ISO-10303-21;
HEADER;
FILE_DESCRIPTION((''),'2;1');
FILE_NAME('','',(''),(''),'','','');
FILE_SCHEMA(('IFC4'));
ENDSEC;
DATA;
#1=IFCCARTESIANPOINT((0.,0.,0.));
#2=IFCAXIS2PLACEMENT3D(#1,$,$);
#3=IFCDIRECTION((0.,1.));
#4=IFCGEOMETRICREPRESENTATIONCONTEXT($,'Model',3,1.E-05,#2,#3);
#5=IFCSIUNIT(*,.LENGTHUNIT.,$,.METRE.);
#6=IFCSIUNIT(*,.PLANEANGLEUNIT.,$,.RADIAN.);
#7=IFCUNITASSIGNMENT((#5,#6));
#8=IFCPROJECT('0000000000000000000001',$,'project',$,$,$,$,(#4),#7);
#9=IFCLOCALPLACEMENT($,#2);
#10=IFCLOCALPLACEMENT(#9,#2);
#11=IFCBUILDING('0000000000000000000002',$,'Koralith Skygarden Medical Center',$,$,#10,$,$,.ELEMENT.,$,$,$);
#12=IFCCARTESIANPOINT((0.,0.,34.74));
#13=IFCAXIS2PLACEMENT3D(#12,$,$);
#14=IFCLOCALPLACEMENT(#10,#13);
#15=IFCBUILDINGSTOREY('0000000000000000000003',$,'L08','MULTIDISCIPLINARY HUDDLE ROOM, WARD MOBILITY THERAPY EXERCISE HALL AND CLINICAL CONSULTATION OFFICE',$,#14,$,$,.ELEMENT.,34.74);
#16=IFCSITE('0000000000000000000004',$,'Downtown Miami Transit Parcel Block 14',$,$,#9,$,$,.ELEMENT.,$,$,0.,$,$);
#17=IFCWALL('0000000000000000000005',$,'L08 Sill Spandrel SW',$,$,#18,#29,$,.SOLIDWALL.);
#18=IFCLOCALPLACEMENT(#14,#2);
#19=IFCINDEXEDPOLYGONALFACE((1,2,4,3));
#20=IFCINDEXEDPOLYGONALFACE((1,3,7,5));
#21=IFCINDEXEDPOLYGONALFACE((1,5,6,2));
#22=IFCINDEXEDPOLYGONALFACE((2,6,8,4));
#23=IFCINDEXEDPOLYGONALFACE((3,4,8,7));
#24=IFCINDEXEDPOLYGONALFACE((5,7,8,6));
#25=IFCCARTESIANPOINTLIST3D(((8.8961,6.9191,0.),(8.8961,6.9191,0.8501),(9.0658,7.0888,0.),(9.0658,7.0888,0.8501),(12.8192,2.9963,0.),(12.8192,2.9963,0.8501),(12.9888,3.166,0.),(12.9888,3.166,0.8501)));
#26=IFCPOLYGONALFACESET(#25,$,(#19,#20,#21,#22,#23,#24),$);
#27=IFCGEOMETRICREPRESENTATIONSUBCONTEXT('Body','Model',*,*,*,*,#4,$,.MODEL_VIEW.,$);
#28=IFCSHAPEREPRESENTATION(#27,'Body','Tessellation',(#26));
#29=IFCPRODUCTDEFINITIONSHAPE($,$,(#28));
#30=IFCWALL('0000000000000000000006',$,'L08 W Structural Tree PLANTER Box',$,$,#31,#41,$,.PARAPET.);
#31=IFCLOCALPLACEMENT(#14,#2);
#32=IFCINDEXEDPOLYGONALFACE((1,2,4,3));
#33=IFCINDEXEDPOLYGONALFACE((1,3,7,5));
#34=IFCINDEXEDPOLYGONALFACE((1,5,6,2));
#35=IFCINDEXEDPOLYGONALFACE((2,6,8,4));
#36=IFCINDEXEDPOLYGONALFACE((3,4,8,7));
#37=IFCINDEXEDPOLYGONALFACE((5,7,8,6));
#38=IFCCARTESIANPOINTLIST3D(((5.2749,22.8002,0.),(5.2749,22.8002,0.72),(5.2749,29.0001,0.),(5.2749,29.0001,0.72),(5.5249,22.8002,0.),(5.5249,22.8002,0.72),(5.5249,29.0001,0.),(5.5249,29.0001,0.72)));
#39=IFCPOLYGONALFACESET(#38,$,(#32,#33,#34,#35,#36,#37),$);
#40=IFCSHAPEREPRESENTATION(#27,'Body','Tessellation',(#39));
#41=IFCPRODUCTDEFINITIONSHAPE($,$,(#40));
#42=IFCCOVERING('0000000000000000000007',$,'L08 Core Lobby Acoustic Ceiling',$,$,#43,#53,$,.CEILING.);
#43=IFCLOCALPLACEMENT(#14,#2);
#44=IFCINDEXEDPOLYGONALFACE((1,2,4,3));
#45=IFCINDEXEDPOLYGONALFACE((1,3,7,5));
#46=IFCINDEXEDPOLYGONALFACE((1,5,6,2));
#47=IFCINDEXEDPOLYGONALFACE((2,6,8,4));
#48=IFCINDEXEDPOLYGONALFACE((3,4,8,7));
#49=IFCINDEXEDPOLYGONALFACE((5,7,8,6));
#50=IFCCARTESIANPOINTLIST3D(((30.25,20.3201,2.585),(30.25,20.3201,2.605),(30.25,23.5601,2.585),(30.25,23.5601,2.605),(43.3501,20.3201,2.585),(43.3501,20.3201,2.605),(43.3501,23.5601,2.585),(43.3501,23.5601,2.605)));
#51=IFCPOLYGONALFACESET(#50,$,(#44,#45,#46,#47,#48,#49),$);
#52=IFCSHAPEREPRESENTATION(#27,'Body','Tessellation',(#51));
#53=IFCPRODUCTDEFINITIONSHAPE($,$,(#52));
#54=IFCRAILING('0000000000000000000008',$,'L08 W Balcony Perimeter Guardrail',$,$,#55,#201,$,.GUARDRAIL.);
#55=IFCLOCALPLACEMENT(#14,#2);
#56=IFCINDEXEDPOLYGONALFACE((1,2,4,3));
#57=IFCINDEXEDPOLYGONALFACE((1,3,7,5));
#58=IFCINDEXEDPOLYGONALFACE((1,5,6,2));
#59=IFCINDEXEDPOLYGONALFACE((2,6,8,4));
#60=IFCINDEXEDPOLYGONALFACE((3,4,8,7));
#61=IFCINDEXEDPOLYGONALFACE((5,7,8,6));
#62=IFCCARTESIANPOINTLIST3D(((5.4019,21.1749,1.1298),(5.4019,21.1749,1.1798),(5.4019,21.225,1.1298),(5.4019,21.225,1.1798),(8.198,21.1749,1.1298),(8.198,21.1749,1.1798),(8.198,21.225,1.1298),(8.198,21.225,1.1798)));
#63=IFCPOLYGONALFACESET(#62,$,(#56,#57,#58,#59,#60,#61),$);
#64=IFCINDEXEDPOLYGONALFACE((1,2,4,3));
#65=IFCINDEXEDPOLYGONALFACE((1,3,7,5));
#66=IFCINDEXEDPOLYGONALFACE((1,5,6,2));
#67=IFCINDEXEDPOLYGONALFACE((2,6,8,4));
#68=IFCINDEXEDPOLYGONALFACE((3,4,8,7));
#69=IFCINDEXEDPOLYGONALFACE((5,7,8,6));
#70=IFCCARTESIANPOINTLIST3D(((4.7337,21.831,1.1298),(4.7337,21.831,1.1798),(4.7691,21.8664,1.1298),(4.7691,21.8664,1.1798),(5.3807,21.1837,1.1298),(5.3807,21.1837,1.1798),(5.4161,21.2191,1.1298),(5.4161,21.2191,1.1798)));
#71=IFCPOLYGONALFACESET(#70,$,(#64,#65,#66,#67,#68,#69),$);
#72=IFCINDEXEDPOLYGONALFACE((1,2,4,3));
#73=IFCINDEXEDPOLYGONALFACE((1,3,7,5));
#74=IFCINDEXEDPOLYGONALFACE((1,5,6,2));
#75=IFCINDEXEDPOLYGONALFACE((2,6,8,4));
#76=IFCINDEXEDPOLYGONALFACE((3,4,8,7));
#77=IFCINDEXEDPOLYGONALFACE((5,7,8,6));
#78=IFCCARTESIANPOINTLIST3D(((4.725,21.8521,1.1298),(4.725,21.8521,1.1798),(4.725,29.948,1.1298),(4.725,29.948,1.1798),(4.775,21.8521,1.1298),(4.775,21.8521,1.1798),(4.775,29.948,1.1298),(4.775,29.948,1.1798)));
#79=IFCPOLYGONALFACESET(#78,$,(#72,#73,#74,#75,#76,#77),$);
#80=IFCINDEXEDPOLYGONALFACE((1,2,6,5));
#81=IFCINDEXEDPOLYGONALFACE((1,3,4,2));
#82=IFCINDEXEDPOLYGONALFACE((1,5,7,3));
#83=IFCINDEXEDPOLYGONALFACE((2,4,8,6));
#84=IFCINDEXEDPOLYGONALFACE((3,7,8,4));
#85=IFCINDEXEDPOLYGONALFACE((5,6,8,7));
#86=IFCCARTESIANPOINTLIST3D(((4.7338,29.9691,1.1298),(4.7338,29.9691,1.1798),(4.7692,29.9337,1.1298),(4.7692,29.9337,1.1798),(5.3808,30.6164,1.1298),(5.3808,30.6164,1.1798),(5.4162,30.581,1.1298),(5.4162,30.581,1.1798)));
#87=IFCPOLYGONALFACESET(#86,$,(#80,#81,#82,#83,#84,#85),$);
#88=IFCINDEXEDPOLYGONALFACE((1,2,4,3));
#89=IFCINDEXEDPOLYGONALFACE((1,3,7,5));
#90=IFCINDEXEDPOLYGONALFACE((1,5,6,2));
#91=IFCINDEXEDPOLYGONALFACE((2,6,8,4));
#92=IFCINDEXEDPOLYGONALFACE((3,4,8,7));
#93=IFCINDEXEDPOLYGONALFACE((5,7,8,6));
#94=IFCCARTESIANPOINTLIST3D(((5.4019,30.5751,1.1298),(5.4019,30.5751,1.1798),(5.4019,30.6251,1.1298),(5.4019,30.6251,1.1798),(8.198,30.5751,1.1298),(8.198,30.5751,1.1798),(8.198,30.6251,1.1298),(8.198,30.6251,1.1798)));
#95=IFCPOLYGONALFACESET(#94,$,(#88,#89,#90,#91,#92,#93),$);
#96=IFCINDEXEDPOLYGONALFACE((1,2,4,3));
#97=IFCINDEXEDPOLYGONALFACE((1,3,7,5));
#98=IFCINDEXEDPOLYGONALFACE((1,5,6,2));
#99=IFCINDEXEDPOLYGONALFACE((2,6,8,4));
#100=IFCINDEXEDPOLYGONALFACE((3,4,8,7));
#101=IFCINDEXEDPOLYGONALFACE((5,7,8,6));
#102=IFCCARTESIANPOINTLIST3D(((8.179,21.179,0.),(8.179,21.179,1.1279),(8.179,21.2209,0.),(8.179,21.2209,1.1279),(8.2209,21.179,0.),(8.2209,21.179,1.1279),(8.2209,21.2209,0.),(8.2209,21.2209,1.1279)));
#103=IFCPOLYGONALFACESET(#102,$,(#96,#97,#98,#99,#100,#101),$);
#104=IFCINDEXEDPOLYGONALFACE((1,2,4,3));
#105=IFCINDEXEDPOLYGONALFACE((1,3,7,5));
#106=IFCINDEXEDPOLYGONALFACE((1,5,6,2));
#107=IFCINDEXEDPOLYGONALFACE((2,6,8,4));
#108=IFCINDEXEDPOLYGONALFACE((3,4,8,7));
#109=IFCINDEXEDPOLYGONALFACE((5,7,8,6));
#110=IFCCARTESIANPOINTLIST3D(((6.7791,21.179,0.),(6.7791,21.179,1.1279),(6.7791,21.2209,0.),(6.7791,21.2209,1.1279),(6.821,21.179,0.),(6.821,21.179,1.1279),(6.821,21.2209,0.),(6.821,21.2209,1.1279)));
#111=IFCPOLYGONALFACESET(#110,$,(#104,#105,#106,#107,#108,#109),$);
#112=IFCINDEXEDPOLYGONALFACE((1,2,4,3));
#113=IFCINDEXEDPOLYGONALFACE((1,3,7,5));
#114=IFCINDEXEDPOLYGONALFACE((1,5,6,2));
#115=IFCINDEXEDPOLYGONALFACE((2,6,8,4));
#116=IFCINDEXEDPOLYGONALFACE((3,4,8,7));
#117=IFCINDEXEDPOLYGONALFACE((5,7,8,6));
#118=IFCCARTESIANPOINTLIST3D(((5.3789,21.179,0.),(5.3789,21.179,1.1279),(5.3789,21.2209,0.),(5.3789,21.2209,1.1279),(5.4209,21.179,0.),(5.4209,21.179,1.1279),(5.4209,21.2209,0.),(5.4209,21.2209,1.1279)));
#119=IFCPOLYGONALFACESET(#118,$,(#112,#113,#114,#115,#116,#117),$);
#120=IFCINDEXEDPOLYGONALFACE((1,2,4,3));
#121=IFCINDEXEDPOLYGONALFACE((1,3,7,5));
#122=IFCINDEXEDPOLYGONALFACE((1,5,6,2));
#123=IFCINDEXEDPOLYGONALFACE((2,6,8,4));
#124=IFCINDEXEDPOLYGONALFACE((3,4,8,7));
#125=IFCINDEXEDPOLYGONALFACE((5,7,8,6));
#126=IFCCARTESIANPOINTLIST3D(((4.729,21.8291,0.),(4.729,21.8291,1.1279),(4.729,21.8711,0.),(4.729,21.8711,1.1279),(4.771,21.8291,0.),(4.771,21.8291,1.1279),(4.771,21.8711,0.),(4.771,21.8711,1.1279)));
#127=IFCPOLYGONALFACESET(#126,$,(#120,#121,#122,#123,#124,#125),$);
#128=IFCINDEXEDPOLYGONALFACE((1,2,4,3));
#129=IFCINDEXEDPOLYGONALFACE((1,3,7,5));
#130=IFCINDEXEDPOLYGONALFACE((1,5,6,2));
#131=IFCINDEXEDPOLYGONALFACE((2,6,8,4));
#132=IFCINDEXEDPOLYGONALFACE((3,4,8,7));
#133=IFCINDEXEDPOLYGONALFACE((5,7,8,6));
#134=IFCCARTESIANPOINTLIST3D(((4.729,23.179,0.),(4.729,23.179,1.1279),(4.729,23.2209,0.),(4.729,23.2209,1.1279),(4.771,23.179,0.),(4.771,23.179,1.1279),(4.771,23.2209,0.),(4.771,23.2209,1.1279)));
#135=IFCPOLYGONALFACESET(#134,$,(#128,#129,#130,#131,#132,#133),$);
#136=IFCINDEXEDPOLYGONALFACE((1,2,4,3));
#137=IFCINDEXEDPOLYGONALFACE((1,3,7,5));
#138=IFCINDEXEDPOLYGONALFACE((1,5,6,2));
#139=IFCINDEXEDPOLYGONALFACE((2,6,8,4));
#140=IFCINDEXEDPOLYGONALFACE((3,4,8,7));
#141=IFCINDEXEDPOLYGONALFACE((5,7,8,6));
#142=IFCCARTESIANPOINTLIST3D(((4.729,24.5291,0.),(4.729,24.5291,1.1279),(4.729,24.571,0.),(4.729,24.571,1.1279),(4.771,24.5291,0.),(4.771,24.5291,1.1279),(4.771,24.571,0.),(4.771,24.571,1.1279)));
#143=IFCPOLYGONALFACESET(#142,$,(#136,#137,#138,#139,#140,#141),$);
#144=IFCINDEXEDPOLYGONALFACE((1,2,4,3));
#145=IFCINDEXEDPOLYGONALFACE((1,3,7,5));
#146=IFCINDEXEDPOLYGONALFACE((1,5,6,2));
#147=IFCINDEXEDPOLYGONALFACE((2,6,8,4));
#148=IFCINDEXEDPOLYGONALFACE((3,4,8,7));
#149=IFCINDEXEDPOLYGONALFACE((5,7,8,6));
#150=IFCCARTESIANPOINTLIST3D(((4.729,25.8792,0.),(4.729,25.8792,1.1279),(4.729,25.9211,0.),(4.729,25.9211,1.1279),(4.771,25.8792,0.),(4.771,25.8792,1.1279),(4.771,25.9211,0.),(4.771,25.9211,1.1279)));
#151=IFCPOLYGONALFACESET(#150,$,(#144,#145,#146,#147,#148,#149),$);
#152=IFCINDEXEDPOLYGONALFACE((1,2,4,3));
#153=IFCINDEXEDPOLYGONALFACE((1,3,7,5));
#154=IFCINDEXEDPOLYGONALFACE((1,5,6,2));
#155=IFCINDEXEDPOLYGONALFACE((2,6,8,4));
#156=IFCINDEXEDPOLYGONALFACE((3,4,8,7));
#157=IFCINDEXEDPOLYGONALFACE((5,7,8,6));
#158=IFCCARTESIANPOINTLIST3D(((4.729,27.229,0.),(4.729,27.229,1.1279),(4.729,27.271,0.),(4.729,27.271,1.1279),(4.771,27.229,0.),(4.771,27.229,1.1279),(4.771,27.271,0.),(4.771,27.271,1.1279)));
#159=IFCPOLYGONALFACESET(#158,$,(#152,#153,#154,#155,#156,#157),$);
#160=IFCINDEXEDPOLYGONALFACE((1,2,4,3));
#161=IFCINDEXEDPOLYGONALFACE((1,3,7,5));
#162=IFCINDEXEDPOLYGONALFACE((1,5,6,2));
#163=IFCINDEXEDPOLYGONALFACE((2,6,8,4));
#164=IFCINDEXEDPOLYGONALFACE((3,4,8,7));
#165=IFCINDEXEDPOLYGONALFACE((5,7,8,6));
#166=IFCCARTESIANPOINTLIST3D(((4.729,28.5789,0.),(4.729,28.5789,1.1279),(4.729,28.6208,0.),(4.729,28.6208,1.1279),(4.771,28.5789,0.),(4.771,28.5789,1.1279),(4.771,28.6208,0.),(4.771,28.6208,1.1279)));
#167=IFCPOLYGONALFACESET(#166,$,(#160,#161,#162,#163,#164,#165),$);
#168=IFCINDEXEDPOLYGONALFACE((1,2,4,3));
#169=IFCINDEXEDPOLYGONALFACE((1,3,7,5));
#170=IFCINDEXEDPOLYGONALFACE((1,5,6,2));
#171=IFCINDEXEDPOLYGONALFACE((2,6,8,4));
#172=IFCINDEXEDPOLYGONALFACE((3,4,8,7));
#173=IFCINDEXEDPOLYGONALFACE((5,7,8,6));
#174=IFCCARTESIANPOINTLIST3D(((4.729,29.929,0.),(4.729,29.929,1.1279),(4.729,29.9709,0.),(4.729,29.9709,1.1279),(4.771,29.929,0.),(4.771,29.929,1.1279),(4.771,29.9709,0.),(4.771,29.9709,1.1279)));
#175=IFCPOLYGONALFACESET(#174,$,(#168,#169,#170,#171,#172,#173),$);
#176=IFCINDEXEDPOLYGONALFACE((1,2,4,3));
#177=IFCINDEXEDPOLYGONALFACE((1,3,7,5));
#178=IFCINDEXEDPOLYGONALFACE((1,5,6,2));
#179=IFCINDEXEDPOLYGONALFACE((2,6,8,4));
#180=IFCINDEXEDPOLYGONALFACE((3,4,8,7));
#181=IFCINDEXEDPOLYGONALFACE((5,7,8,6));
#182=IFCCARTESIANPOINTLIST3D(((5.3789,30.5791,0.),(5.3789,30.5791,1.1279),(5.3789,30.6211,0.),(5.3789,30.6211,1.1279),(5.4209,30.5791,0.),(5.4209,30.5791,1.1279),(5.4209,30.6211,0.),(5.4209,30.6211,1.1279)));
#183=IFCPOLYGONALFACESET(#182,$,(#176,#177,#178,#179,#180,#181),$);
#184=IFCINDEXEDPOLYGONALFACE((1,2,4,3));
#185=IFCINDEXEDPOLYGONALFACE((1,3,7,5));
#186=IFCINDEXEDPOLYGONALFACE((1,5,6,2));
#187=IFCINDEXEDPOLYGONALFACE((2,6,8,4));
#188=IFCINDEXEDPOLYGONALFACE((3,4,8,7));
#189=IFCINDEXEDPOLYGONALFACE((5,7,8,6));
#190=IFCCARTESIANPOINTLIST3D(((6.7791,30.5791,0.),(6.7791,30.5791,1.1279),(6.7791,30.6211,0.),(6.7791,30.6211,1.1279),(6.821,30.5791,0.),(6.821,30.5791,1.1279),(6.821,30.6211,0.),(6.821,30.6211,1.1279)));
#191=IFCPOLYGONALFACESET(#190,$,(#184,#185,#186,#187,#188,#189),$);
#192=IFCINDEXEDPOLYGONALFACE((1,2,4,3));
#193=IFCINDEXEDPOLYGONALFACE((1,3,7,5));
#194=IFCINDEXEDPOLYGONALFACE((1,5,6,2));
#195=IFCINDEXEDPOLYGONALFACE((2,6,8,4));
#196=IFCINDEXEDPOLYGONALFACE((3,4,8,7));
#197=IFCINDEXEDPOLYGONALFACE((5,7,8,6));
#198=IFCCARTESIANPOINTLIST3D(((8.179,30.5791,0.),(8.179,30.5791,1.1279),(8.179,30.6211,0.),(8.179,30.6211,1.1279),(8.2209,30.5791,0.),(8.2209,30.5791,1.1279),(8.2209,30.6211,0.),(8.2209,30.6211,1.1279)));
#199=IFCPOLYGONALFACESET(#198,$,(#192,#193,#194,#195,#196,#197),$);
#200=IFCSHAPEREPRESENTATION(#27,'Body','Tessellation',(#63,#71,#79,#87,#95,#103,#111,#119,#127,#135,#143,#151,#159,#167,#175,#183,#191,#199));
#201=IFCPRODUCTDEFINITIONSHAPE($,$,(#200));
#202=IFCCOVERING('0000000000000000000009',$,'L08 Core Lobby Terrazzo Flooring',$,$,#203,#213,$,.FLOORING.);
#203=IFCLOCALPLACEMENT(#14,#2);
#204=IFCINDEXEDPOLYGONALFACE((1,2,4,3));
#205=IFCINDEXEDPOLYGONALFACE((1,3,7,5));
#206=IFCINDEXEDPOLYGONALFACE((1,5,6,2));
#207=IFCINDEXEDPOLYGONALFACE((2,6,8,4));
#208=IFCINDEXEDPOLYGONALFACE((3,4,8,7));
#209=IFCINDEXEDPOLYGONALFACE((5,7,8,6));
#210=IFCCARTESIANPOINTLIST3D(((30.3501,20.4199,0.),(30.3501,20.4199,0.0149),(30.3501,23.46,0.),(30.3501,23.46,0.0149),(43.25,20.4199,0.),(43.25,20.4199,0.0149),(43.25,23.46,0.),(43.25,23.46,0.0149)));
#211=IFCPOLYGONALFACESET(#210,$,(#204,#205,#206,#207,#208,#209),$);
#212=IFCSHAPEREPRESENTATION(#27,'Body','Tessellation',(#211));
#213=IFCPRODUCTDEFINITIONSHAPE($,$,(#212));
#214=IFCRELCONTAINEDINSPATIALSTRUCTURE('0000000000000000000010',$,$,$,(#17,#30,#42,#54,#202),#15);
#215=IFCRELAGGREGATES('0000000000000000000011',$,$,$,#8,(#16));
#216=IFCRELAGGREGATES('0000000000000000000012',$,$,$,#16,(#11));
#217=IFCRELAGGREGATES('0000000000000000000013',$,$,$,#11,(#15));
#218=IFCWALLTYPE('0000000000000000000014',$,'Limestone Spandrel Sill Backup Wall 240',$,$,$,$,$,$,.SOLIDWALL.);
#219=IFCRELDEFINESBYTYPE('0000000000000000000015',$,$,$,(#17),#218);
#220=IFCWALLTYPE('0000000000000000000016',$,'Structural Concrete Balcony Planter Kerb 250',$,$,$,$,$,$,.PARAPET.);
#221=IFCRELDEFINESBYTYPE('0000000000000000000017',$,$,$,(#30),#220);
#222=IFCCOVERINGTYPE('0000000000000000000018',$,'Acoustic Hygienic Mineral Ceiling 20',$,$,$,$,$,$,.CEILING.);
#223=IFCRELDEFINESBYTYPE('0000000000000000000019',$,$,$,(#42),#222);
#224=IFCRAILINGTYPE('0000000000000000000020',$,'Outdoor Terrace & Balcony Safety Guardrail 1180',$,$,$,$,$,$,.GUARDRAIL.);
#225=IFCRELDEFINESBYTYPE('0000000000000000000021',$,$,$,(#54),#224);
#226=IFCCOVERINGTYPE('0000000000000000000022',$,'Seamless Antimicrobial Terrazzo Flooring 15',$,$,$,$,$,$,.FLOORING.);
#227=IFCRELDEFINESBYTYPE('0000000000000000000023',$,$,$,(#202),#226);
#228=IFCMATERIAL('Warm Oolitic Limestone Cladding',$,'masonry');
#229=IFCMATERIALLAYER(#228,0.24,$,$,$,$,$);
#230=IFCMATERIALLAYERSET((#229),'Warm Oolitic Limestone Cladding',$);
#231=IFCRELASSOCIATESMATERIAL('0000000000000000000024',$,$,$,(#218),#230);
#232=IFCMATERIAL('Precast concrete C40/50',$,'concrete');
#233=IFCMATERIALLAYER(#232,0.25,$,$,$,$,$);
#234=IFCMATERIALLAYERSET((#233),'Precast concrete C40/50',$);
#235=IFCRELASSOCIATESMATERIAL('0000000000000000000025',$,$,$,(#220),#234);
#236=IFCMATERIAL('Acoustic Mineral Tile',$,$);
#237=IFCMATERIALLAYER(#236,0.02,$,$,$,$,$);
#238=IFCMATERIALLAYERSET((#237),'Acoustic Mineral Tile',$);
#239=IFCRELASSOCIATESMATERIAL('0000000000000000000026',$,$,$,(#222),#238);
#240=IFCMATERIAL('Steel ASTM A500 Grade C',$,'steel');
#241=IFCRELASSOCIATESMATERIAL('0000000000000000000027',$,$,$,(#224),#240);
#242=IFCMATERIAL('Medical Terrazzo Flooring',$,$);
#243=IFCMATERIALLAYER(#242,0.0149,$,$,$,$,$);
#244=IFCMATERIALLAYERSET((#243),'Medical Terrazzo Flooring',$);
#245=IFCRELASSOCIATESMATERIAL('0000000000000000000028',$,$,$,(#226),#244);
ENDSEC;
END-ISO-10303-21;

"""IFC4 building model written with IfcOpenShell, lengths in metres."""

from ifc_helpers import new_model, si_unit, direction, frame, frame_2d, origin, origin_2d, place, context, subcontext, project, spatial, polyline, rectangle, outline, extrude, material, layer, layer_set, type_object, element, save


model = new_model("IFC4")

# Units and contexts
model_context = context("Model", 3, precision=1e-05, world=origin(), true_north=direction((0.0, 1.0)))
body_context = subcontext(model_context, "Body", "Model", "MODEL_VIEW")
ifc_project = project(units=[si_unit("LENGTHUNIT", "METRE"), si_unit("PLANEANGLEUNIT", "RADIAN")], contexts=[model_context])

# Site, building, storey
site_placement = place(None, origin())
site = spatial("IfcSite", under=ifc_project, at=site_placement, Name="Downtown Miami Transit Parcel Block 14", CompositionType="ELEMENT", RefElevation=0.0)
building_placement = place(site_placement, origin())
building = spatial("IfcBuilding", under=site, at=building_placement, Name="Koralith Skygarden Medical Center", CompositionType="ELEMENT")
storey_placement = place(building_placement, frame((0.0, 0.0, 34.74)))
storey = spatial("IfcBuildingStorey", under=building, at=storey_placement, Name="L08", Description="MULTIDISCIPLINARY HUDDLE ROOM, WARD MOBILITY THERAPY EXERCISE HALL AND CLINICAL CONSULTATION OFFICE", CompositionType="ELEMENT", Elevation=34.74)

# Shared definitions
ifc_material_1 = material(Name="Warm Oolitic Limestone Cladding", Category="masonry")

# Walls
ifc_layer_1 = layer(ifc_material_1, 0.24)
ifc_layer_set_1 = layer_set([ifc_layer_1], Name="Warm Oolitic Limestone Cladding")
wall_type_1 = type_object("IfcWallType", Name="Limestone Spandrel Sill Backup Wall 240", PredefinedType="SOLIDWALL", material=ifc_layer_set_1)
wall_1_placement = place(storey_placement, frame((8.981, 7.0039, 0.0), z_axis=(0.0, 0.0, 1.0), x_axis=(0.707129, -0.707085, 0.0)))
element("IfcWall", 1, at=wall_1_placement, inside=storey, type_object=wall_type_1, Name="L08 Sill Spandrel SW", PredefinedType="SOLIDWALL", context=body_context, shape_type="SweptSolid", body=[
    extrude(rectangle(XDim=5.5479, YDim=0.24, at=frame_2d((2.7739, 0.0))), origin(), (0.0, 0.0, 1.0), 0.8501),
])
ifc_material_2 = material(Name="Precast concrete C40/50", Category="concrete")
ifc_layer_2 = layer(ifc_material_2, 0.25)
ifc_layer_set_2 = layer_set([ifc_layer_2], Name="Precast concrete C40/50")
wall_type_2 = type_object("IfcWallType", Name="Structural Concrete Balcony Planter Kerb 250", PredefinedType="PARAPET", material=ifc_layer_set_2)
wall_2_placement = place(storey_placement, frame((5.3999, 22.8, 0.0), z_axis=(0.0, 0.0, 1.0), x_axis=(0.0, 1.0, 0.0)))
element("IfcWall", 2, at=wall_2_placement, inside=storey, type_object=wall_type_2, Name="L08 W Structural Tree PLANTER Box", PredefinedType="PARAPET", context=body_context, shape_type="SweptSolid", body=[
    extrude(rectangle(XDim=6.2, YDim=0.25, at=frame_2d((3.1001, 0.0))), origin(), (0.0, 0.0, 1.0), 0.72),
])

# Covering
ifc_material_3 = material(Name="Acoustic Mineral Tile")
ifc_layer_3 = layer(ifc_material_3, 0.02)
ifc_layer_set_3 = layer_set([ifc_layer_3], Name="Acoustic Mineral Tile")
covering_type_1 = type_object("IfcCoveringType", Name="Acoustic Hygienic Mineral Ceiling 20", PredefinedType="CEILING", material=ifc_layer_set_3)
covering_1_placement = place(storey_placement, frame((0.0, 0.0, 2.585)))
element("IfcCovering", 3, at=covering_1_placement, inside=storey, type_object=covering_type_1, Name="L08 Core Lobby Acoustic Ceiling", PredefinedType="CEILING", context=body_context, shape_type="SweptSolid", body=[
    extrude(outline(polyline([(30.25, 20.3201), (43.3501, 20.3201), (43.3501, 23.5601), (30.25, 23.5601), (30.25, 20.3201)])), origin(), (0.0, 0.0, 1.0), 0.02),
])

# Railing
ifc_material_4 = material(Name="Steel ASTM A500 Grade C", Category="steel")
railing_type = type_object("IfcRailingType", Name="Outdoor Terrace & Balcony Safety Guardrail 1180", PredefinedType="GUARDRAIL", material=ifc_material_4)
railing_placement = place(storey_placement, frame((8.2, 21.2, 0.0)))
element("IfcRailing", 4, at=railing_placement, inside=storey, type_object=railing_type, Name="L08 W Balcony Perimeter Guardrail", PredefinedType="GUARDRAIL", context=body_context, shape_type="SweptSolid", body=[
    extrude(rectangle(XDim=0.05, YDim=0.05, at=origin_2d()), frame((-0.002, 0.0, 1.1548), z_axis=(-1.0, 0.0, 0.0), x_axis=(0.0, -1.0, 0.0)), (0.0, 0.0, 1.0), 2.7961),
    extrude(rectangle(XDim=0.05, YDim=0.05, at=origin_2d()), frame((-2.8015, 0.0015, 1.1548), z_axis=(-0.706974, 0.70724, 0.0), x_axis=(-0.70724, -0.706974, 0.0)), (0.0, 0.0, 1.0), 0.9153),
    extrude(rectangle(XDim=0.05, YDim=0.05, at=origin_2d()), frame((-3.45, 0.6521, 1.1548), z_axis=(0.0, 1.0, 0.0), x_axis=(-1.0, 0.0, 0.0)), (0.0, 0.0, 1.0), 8.0959),
    extrude(rectangle(XDim=0.05, YDim=0.05, at=origin_2d()), frame((-3.4485, 8.7515, 1.1548), z_axis=(0.706974, 0.70724, 0.0), x_axis=(-0.70724, 0.706974, 0.0)), (0.0, 0.0, 1.0), 0.9153),
    extrude(rectangle(XDim=0.05, YDim=0.05, at=origin_2d()), frame((-2.7981, 9.4001, 1.1548), z_axis=(1.0, 0.0, 0.0), x_axis=(0.0, 1.0, 0.0)), (0.0, 0.0, 1.0), 2.7961),
    extrude(rectangle(XDim=0.042, YDim=0.042, at=origin_2d()), origin(), (0.0, 0.0, 1.0), 1.1279),
    extrude(rectangle(XDim=0.042, YDim=0.042, at=origin_2d()), frame((-1.3999, 0.0, 0.0)), (0.0, 0.0, 1.0), 1.1279),
    extrude(rectangle(XDim=0.042, YDim=0.042, at=origin_2d()), frame((-2.8, 0.0, 0.0)), (0.0, 0.0, 1.0), 1.1279),
    extrude(rectangle(XDim=0.042, YDim=0.042, at=origin_2d()), frame((-3.45, 0.6501, 0.0)), (0.0, 0.0, 1.0), 1.1279),
    extrude(rectangle(XDim=0.042, YDim=0.042, at=origin_2d()), frame((-3.45, 2.0, 0.0)), (0.0, 0.0, 1.0), 1.1279),
    extrude(rectangle(XDim=0.042, YDim=0.042, at=origin_2d()), frame((-3.45, 3.3501, 0.0)), (0.0, 0.0, 1.0), 1.1279),
    extrude(rectangle(XDim=0.042, YDim=0.042, at=origin_2d()), frame((-3.45, 4.7002, 0.0)), (0.0, 0.0, 1.0), 1.1279),
    extrude(rectangle(XDim=0.042, YDim=0.042, at=origin_2d()), frame((-3.45, 6.05, 0.0)), (0.0, 0.0, 1.0), 1.1279),
    extrude(rectangle(XDim=0.042, YDim=0.042, at=origin_2d()), frame((-3.45, 7.3999, 0.0)), (0.0, 0.0, 1.0), 1.1279),
    extrude(rectangle(XDim=0.042, YDim=0.042, at=origin_2d()), frame((-3.45, 8.75, 0.0)), (0.0, 0.0, 1.0), 1.1279),
    extrude(rectangle(XDim=0.042, YDim=0.042, at=origin_2d()), frame((-2.8, 9.4001, 0.0)), (0.0, 0.0, 1.0), 1.1279),
    extrude(rectangle(XDim=0.042, YDim=0.042, at=origin_2d()), frame((-1.3999, 9.4001, 0.0)), (0.0, 0.0, 1.0), 1.1279),
    extrude(rectangle(XDim=0.042, YDim=0.042, at=origin_2d()), frame((0.0, 9.4001, 0.0)), (0.0, 0.0, 1.0), 1.1279),
])

# Covering
ifc_material_5 = material(Name="Medical Terrazzo Flooring")
ifc_layer_4 = layer(ifc_material_5, 0.0149)
ifc_layer_set_4 = layer_set([ifc_layer_4], Name="Medical Terrazzo Flooring")
covering_type_2 = type_object("IfcCoveringType", Name="Seamless Antimicrobial Terrazzo Flooring 15", PredefinedType="FLOORING", material=ifc_layer_set_4)
covering_2_placement = place(storey_placement, origin())
element("IfcCovering", 5, at=covering_2_placement, inside=storey, type_object=covering_type_2, Name="L08 Core Lobby Terrazzo Flooring", PredefinedType="FLOORING", context=body_context, shape_type="SweptSolid", body=[
    extrude(outline(polyline([(30.3501, 20.4199), (43.25, 20.4199), (43.25, 23.46), (30.3501, 23.46), (30.3501, 20.4199)])), origin(), (0.0, 0.0, 1.0), 0.0149),
])

save(model, "model.ifc")
